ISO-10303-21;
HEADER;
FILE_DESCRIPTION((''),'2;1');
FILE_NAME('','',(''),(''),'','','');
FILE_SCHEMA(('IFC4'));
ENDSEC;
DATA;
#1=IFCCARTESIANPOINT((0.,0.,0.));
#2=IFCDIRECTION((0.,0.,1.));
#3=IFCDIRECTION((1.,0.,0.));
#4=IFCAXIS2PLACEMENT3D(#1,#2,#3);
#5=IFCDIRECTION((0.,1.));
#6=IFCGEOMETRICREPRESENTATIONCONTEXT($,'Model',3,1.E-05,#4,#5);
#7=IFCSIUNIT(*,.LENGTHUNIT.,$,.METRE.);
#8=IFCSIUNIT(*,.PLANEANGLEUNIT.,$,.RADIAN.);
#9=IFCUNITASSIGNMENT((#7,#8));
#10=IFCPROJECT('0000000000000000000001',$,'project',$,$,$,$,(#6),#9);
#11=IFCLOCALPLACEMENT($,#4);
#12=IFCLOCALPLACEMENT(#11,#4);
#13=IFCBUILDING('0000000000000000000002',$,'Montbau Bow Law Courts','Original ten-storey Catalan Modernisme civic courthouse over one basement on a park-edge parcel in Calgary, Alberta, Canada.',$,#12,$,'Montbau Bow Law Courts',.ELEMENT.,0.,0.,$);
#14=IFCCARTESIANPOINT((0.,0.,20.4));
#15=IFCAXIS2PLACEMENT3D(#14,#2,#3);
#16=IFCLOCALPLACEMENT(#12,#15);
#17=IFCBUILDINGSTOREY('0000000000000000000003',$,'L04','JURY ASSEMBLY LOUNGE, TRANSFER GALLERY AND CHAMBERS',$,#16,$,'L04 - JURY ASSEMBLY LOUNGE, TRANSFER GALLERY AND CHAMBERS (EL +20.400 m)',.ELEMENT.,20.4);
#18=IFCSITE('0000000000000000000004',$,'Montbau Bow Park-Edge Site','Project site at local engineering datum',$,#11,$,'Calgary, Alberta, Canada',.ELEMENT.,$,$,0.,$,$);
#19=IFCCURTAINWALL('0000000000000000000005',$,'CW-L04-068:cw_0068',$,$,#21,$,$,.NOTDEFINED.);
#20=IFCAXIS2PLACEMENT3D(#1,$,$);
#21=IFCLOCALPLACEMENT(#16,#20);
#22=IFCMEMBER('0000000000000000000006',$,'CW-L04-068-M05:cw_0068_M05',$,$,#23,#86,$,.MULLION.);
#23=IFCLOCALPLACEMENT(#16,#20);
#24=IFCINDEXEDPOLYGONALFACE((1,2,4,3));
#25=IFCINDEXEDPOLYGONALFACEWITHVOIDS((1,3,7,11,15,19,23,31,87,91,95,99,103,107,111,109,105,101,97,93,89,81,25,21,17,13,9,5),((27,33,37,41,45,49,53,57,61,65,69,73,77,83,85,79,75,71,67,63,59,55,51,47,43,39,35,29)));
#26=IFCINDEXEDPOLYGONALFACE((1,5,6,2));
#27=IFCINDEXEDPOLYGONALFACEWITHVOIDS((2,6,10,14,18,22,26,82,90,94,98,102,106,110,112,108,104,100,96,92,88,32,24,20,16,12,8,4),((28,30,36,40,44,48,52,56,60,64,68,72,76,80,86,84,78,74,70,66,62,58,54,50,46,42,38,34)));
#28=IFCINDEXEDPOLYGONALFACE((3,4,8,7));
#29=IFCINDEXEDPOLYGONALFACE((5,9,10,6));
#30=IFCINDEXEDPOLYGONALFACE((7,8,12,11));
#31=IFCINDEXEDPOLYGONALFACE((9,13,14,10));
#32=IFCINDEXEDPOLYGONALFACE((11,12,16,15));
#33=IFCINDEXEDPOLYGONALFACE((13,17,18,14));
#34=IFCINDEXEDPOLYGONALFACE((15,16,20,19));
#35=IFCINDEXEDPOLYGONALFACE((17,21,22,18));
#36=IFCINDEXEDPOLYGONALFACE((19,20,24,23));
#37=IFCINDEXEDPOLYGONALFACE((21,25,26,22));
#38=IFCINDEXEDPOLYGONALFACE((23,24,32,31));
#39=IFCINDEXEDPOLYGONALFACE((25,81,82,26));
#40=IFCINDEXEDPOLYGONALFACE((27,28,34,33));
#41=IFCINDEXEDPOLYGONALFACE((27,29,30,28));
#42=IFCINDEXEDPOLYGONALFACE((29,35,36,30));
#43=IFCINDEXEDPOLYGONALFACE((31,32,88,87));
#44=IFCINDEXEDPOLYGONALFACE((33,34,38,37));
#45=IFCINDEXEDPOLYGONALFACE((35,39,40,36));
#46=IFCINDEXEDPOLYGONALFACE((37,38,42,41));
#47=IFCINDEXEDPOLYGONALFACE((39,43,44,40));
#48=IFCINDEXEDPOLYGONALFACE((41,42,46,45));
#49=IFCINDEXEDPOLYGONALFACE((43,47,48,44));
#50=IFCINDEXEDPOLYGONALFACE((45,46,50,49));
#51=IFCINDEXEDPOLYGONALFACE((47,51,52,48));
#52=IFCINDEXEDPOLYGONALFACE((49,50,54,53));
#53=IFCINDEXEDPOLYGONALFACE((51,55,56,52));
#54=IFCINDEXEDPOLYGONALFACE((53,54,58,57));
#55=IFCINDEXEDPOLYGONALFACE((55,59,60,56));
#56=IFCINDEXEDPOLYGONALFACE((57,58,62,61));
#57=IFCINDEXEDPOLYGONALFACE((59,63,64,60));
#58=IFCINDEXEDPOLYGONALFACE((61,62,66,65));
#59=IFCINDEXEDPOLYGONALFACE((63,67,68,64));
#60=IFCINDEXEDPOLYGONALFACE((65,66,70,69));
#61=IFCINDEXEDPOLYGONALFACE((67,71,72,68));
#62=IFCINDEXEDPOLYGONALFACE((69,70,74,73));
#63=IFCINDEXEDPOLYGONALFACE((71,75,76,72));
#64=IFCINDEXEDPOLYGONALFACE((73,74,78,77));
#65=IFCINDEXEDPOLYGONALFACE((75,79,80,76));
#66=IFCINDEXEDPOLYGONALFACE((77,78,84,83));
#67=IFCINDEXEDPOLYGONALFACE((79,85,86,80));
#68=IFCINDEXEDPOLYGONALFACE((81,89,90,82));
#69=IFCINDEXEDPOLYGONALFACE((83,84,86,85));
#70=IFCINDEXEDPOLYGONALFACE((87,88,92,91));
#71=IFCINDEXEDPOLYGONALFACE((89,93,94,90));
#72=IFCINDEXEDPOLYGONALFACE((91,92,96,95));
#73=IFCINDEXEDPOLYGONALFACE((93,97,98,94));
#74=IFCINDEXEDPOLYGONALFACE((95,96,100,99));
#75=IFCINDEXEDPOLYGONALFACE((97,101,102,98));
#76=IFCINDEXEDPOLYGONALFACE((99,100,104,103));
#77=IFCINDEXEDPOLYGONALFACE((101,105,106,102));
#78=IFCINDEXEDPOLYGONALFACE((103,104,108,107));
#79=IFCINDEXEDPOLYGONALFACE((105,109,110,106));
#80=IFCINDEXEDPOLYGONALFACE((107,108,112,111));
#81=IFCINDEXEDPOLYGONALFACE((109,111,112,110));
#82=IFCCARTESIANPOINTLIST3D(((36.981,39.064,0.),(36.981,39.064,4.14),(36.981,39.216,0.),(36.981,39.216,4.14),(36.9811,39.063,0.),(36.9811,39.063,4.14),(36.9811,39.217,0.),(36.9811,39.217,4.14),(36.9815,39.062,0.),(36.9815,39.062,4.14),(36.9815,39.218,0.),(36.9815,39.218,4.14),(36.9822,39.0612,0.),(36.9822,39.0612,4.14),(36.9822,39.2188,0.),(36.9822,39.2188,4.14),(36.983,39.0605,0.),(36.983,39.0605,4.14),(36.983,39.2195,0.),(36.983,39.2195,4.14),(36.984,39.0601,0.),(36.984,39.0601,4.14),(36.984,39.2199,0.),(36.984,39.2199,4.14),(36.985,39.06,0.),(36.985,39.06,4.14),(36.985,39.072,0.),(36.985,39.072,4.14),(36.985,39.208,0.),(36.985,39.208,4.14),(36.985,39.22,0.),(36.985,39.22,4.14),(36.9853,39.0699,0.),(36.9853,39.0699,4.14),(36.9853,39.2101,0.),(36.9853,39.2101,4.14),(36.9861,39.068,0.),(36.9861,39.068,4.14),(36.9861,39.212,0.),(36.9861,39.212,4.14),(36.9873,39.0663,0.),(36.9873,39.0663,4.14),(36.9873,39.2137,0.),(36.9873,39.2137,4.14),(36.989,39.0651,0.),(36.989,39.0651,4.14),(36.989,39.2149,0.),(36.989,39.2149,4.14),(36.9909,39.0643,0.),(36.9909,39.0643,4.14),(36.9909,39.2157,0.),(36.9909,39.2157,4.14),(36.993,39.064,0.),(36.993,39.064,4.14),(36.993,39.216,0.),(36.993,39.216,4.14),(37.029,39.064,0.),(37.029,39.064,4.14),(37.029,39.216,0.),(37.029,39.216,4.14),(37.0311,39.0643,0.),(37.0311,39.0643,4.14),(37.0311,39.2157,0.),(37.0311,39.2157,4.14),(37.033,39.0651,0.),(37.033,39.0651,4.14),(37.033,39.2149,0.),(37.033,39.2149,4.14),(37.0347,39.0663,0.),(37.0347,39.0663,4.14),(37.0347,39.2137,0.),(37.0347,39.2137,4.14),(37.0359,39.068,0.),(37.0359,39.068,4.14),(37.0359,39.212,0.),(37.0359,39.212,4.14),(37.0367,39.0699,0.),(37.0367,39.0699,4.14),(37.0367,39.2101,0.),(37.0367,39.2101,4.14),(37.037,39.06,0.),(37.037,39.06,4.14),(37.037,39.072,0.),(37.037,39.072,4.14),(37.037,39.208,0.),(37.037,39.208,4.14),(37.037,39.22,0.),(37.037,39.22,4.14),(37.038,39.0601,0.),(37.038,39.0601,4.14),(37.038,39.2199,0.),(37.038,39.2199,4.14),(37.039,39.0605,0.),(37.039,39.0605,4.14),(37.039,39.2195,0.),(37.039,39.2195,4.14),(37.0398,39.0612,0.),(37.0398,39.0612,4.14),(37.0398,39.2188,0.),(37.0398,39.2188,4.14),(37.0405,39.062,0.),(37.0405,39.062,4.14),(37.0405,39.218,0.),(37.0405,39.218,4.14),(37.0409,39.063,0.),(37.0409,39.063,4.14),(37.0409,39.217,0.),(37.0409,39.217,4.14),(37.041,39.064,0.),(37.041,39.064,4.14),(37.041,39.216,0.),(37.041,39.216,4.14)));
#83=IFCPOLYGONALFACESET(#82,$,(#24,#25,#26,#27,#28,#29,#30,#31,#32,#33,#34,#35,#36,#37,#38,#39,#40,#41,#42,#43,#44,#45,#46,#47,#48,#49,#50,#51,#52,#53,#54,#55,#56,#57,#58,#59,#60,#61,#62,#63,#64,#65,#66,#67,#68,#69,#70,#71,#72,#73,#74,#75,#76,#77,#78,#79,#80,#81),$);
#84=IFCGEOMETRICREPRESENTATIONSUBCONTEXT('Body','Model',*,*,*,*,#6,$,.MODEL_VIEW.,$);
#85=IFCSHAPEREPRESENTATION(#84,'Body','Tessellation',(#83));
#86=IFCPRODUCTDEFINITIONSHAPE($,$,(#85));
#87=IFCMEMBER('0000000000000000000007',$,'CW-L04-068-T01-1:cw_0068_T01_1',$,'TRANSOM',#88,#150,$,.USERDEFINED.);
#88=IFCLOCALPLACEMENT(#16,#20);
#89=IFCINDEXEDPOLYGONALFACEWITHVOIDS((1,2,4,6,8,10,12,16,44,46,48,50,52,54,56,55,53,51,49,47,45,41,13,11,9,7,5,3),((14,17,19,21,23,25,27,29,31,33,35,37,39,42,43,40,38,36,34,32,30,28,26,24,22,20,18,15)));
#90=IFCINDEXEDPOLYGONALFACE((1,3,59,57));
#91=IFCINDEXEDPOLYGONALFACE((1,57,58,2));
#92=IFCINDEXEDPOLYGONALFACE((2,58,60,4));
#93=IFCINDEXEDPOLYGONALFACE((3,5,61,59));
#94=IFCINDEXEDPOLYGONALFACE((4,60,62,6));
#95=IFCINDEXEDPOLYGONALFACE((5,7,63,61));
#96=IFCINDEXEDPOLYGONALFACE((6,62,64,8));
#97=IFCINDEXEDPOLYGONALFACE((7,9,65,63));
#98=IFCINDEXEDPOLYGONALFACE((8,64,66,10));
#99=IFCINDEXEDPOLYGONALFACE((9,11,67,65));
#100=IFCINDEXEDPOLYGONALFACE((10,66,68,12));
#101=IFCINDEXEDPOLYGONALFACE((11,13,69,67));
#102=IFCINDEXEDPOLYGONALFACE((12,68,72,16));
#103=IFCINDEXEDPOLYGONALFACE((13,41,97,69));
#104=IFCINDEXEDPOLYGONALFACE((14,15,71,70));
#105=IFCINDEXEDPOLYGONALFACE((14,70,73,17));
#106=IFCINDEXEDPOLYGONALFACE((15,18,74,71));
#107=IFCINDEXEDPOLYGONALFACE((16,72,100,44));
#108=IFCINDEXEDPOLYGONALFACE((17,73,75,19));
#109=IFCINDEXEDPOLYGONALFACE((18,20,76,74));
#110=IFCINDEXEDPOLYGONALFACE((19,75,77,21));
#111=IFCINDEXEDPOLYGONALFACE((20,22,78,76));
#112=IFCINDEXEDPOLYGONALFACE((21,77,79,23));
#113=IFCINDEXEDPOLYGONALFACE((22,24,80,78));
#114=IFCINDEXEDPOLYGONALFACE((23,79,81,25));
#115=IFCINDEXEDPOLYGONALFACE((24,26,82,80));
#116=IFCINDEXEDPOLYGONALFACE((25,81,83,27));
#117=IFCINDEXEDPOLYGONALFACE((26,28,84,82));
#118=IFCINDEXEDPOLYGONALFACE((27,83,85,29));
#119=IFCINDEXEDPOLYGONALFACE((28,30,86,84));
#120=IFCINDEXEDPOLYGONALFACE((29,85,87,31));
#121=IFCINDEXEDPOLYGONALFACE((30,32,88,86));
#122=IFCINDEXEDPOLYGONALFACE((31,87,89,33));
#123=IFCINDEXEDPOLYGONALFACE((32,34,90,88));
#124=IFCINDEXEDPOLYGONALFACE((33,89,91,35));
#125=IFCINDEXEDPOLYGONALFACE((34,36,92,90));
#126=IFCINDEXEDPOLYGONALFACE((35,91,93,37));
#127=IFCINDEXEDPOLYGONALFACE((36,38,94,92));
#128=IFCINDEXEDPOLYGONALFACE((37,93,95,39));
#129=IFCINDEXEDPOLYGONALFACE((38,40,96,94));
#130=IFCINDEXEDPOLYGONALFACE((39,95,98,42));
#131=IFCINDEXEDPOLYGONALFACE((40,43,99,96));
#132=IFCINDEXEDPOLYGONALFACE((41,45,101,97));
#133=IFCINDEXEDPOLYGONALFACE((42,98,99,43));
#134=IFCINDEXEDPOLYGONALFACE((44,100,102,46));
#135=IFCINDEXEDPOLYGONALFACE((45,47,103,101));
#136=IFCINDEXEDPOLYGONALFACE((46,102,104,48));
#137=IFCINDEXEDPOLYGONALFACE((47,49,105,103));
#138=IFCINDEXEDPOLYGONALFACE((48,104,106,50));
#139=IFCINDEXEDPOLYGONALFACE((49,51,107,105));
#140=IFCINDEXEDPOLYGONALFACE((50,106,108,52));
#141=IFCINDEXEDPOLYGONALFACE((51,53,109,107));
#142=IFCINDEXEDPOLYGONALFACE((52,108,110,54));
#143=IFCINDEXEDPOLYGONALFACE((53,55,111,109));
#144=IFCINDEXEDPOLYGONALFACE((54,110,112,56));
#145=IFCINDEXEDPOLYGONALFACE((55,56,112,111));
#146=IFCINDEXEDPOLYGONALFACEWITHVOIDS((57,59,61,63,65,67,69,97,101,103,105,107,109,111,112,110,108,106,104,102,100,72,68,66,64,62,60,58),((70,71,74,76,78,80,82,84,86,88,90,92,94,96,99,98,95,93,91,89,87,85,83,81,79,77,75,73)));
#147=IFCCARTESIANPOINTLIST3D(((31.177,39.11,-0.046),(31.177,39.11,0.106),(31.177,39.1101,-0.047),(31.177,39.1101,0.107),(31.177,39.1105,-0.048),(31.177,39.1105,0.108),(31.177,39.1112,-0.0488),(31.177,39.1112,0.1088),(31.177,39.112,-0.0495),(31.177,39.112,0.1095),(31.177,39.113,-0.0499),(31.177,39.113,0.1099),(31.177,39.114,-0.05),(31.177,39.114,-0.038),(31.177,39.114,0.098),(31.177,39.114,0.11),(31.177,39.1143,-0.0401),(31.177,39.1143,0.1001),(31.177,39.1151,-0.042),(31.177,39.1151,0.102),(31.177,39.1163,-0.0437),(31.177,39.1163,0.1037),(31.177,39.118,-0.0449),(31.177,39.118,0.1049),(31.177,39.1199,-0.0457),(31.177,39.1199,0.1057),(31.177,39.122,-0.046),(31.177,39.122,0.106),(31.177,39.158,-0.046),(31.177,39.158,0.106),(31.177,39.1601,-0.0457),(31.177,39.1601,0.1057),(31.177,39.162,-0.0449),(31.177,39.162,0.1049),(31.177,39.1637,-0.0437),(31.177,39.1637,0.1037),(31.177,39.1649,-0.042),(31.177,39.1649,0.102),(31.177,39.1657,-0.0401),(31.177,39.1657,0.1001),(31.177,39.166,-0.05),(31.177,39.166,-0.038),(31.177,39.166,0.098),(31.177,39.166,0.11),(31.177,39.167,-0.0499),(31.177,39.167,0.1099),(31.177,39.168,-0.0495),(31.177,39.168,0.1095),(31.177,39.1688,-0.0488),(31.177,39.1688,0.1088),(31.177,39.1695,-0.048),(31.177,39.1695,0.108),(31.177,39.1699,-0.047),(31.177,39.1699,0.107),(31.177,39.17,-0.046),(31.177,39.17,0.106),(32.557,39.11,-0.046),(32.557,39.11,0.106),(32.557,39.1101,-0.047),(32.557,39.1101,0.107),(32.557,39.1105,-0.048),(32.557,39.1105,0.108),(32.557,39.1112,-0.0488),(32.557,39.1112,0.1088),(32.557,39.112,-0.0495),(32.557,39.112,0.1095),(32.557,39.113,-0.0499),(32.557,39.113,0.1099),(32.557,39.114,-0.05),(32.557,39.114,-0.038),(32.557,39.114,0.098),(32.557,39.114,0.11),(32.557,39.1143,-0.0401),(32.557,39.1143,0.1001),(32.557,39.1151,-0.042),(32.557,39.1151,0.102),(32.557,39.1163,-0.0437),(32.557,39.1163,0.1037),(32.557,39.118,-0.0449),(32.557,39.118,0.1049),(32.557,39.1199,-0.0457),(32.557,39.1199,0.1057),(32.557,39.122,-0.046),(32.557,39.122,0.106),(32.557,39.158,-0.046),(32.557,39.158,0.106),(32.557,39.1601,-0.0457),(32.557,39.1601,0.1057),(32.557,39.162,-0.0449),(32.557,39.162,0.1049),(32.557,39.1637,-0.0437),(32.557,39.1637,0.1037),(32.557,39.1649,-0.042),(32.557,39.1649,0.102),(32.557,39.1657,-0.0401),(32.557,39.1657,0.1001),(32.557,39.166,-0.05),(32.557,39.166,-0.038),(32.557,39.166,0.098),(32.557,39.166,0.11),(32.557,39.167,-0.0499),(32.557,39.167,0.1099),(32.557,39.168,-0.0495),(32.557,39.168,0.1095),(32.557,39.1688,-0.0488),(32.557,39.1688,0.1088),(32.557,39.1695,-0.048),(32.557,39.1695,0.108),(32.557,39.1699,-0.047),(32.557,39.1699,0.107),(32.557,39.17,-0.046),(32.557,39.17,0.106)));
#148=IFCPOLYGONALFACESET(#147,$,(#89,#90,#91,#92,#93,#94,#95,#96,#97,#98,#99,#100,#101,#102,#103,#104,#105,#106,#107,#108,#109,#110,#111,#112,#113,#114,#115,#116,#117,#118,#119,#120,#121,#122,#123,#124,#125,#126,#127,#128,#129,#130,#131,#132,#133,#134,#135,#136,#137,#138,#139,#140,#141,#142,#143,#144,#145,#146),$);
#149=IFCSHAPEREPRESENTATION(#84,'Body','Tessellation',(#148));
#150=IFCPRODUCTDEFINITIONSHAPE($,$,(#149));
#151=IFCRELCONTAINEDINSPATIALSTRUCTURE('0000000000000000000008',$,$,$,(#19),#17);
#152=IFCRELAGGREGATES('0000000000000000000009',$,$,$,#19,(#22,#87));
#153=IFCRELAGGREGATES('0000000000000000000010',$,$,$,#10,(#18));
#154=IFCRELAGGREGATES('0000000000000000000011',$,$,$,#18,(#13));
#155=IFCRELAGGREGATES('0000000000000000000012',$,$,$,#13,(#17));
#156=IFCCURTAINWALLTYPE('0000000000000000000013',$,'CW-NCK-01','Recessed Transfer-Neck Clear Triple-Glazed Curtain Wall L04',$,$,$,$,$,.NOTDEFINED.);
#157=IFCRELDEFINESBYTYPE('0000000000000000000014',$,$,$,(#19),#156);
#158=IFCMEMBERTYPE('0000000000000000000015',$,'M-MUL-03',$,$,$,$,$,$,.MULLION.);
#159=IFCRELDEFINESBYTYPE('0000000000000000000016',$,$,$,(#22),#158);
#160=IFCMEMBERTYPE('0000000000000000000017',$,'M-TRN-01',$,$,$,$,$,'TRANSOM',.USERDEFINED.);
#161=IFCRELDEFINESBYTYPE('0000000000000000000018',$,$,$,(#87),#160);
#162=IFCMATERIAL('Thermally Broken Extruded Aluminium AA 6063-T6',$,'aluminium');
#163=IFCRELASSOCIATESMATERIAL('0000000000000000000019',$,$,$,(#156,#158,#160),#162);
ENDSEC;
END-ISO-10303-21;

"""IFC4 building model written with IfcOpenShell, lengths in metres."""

from ifc_helpers import new_model, si_unit, direction, frame, origin_with_axes, origin_2d_with_axis, place, context, subcontext, project, spatial, hollow_rectangle, extrude, material, material_profile, profile_set, type_object, element, aggregate, save


model = new_model("IFC4")

# Units and contexts
model_context = context("Model", 3, precision=1e-05, world=origin_with_axes(), true_north=direction((0.0, 1.0)))
body_context = subcontext(model_context, "Body", "Model", "MODEL_VIEW")
ifc_project = project(units=[si_unit("LENGTHUNIT", "METRE"), si_unit("PLANEANGLEUNIT", "RADIAN")], contexts=[model_context])

# Site, building, storey
site_placement = place(None, origin_with_axes())
site = spatial("IfcSite", under=ifc_project, at=site_placement, Name="Montbau Bow Park-Edge Site", Description="Project site at local engineering datum", LongName="Calgary, Alberta, Canada", CompositionType="ELEMENT", RefElevation=0.0)
building_placement = place(site_placement, origin_with_axes())
building = spatial("IfcBuilding", under=site, at=building_placement, Name="Montbau Bow Law Courts", Description="Original ten-storey Catalan Modernisme civic courthouse over one basement on a park-edge parcel in Calgary, Alberta, Canada.", LongName="Montbau Bow Law Courts", CompositionType="ELEMENT", ElevationOfRefHeight=0.0, ElevationOfTerrain=0.0)
storey_placement = place(building_placement, frame((0.0, 0.0, 20.4), z_axis=(0.0, 0.0, 1.0), x_axis=(1.0, 0.0, 0.0)))
storey = spatial("IfcBuildingStorey", under=building, at=storey_placement, Name="L04", Description="JURY ASSEMBLY LOUNGE, TRANSFER GALLERY AND CHAMBERS", LongName="L04 - JURY ASSEMBLY LOUNGE, TRANSFER GALLERY AND CHAMBERS (EL +20.400 m)", CompositionType="ELEMENT", Elevation=20.4)

# Curtain wall, members
ifc_material_1 = material(Name="Thermally Broken Extruded Aluminium AA 6063-T6", Category="aluminium")
curtain_wall_type = type_object("IfcCurtainWallType", Name="CW-NCK-01", Description="Recessed Transfer-Neck Clear Triple-Glazed Curtain Wall L04", PredefinedType="NOTDEFINED", material=ifc_material_1)
curtain_wall_placement = place(None, frame((31.115, 39.14, 20.4), z_axis=(0.0, 0.0, 1.0), x_axis=(1.0, 0.0, 0.0)))
curtain_wall = element("IfcCurtainWall", 1, at=curtain_wall_placement, inside=storey, type_object=curtain_wall_type, Name="CW-L04-068:cw_0068", PredefinedType="NOTDEFINED")
ifc_material_profile_1 = material_profile(ifc_material_1, hollow_rectangle(XDim=0.06, YDim=0.16, WallThickness=0.004, InnerFilletRadius=0.008, OuterFilletRadius=0.004, at=origin_2d_with_axis()), Name="CWM-160X60", Category="Main", Priority=0)
ifc_profile_set_1 = profile_set([ifc_material_profile_1], Name="Thermally Broken Extruded Aluminium AA 6063-T6")
member_type_1 = type_object("IfcMemberType", Name="M-MUL-03", PredefinedType="MULLION", material=ifc_profile_set_1)
member_1_placement = place(None, frame((37.011, 39.14, 20.4), z_axis=(0.0, 0.0, 1.0), x_axis=(1.0, 0.0, 0.0)))
member_1 = element("IfcMember", 2, at=member_1_placement, type_object=member_type_1, Name="CW-L04-068-M05:cw_0068_M05", PredefinedType="MULLION", context=body_context, shape_type="SweptSolid", body=[
    extrude(hollow_rectangle(XDim=0.06, YDim=0.16, WallThickness=0.004, InnerFilletRadius=0.008, OuterFilletRadius=0.004, at=origin_2d_with_axis()), origin_with_axes(), (0.0, 0.0, 1.0), 4.14),
])
ifc_material_profile_2 = material_profile(ifc_material_1, hollow_rectangle(XDim=0.06, YDim=0.16, WallThickness=0.004, InnerFilletRadius=0.008, OuterFilletRadius=0.004, at=origin_2d_with_axis()), Name="CWT-160X60", Category="Main", Priority=0)
ifc_profile_set_2 = profile_set([ifc_material_profile_2], Name="Thermally Broken Extruded Aluminium AA 6063-T6")
member_type_2 = type_object("IfcMemberType", Name="M-TRN-01", ElementType="TRANSOM", PredefinedType="USERDEFINED", material=ifc_profile_set_2)
member_2_placement = place(None, frame((31.177, 39.14, 20.43), z_axis=(1.0, 0.0, 0.0), x_axis=(0.0, 1.0, 0.0)))
member_2 = element("IfcMember", 3, at=member_2_placement, type_object=member_type_2, Name="CW-L04-068-T01-1:cw_0068_T01_1", ObjectType="TRANSOM", PredefinedType="USERDEFINED", context=body_context, shape_type="SweptSolid", body=[
    extrude(hollow_rectangle(XDim=0.06, YDim=0.16, WallThickness=0.004, InnerFilletRadius=0.008, OuterFilletRadius=0.004, at=origin_2d_with_axis()), origin_with_axes(), (0.0, 0.0, 1.0), 1.38),
])
aggregate(curtain_wall, [member_1, member_2])

save(model, "model.ifc")
